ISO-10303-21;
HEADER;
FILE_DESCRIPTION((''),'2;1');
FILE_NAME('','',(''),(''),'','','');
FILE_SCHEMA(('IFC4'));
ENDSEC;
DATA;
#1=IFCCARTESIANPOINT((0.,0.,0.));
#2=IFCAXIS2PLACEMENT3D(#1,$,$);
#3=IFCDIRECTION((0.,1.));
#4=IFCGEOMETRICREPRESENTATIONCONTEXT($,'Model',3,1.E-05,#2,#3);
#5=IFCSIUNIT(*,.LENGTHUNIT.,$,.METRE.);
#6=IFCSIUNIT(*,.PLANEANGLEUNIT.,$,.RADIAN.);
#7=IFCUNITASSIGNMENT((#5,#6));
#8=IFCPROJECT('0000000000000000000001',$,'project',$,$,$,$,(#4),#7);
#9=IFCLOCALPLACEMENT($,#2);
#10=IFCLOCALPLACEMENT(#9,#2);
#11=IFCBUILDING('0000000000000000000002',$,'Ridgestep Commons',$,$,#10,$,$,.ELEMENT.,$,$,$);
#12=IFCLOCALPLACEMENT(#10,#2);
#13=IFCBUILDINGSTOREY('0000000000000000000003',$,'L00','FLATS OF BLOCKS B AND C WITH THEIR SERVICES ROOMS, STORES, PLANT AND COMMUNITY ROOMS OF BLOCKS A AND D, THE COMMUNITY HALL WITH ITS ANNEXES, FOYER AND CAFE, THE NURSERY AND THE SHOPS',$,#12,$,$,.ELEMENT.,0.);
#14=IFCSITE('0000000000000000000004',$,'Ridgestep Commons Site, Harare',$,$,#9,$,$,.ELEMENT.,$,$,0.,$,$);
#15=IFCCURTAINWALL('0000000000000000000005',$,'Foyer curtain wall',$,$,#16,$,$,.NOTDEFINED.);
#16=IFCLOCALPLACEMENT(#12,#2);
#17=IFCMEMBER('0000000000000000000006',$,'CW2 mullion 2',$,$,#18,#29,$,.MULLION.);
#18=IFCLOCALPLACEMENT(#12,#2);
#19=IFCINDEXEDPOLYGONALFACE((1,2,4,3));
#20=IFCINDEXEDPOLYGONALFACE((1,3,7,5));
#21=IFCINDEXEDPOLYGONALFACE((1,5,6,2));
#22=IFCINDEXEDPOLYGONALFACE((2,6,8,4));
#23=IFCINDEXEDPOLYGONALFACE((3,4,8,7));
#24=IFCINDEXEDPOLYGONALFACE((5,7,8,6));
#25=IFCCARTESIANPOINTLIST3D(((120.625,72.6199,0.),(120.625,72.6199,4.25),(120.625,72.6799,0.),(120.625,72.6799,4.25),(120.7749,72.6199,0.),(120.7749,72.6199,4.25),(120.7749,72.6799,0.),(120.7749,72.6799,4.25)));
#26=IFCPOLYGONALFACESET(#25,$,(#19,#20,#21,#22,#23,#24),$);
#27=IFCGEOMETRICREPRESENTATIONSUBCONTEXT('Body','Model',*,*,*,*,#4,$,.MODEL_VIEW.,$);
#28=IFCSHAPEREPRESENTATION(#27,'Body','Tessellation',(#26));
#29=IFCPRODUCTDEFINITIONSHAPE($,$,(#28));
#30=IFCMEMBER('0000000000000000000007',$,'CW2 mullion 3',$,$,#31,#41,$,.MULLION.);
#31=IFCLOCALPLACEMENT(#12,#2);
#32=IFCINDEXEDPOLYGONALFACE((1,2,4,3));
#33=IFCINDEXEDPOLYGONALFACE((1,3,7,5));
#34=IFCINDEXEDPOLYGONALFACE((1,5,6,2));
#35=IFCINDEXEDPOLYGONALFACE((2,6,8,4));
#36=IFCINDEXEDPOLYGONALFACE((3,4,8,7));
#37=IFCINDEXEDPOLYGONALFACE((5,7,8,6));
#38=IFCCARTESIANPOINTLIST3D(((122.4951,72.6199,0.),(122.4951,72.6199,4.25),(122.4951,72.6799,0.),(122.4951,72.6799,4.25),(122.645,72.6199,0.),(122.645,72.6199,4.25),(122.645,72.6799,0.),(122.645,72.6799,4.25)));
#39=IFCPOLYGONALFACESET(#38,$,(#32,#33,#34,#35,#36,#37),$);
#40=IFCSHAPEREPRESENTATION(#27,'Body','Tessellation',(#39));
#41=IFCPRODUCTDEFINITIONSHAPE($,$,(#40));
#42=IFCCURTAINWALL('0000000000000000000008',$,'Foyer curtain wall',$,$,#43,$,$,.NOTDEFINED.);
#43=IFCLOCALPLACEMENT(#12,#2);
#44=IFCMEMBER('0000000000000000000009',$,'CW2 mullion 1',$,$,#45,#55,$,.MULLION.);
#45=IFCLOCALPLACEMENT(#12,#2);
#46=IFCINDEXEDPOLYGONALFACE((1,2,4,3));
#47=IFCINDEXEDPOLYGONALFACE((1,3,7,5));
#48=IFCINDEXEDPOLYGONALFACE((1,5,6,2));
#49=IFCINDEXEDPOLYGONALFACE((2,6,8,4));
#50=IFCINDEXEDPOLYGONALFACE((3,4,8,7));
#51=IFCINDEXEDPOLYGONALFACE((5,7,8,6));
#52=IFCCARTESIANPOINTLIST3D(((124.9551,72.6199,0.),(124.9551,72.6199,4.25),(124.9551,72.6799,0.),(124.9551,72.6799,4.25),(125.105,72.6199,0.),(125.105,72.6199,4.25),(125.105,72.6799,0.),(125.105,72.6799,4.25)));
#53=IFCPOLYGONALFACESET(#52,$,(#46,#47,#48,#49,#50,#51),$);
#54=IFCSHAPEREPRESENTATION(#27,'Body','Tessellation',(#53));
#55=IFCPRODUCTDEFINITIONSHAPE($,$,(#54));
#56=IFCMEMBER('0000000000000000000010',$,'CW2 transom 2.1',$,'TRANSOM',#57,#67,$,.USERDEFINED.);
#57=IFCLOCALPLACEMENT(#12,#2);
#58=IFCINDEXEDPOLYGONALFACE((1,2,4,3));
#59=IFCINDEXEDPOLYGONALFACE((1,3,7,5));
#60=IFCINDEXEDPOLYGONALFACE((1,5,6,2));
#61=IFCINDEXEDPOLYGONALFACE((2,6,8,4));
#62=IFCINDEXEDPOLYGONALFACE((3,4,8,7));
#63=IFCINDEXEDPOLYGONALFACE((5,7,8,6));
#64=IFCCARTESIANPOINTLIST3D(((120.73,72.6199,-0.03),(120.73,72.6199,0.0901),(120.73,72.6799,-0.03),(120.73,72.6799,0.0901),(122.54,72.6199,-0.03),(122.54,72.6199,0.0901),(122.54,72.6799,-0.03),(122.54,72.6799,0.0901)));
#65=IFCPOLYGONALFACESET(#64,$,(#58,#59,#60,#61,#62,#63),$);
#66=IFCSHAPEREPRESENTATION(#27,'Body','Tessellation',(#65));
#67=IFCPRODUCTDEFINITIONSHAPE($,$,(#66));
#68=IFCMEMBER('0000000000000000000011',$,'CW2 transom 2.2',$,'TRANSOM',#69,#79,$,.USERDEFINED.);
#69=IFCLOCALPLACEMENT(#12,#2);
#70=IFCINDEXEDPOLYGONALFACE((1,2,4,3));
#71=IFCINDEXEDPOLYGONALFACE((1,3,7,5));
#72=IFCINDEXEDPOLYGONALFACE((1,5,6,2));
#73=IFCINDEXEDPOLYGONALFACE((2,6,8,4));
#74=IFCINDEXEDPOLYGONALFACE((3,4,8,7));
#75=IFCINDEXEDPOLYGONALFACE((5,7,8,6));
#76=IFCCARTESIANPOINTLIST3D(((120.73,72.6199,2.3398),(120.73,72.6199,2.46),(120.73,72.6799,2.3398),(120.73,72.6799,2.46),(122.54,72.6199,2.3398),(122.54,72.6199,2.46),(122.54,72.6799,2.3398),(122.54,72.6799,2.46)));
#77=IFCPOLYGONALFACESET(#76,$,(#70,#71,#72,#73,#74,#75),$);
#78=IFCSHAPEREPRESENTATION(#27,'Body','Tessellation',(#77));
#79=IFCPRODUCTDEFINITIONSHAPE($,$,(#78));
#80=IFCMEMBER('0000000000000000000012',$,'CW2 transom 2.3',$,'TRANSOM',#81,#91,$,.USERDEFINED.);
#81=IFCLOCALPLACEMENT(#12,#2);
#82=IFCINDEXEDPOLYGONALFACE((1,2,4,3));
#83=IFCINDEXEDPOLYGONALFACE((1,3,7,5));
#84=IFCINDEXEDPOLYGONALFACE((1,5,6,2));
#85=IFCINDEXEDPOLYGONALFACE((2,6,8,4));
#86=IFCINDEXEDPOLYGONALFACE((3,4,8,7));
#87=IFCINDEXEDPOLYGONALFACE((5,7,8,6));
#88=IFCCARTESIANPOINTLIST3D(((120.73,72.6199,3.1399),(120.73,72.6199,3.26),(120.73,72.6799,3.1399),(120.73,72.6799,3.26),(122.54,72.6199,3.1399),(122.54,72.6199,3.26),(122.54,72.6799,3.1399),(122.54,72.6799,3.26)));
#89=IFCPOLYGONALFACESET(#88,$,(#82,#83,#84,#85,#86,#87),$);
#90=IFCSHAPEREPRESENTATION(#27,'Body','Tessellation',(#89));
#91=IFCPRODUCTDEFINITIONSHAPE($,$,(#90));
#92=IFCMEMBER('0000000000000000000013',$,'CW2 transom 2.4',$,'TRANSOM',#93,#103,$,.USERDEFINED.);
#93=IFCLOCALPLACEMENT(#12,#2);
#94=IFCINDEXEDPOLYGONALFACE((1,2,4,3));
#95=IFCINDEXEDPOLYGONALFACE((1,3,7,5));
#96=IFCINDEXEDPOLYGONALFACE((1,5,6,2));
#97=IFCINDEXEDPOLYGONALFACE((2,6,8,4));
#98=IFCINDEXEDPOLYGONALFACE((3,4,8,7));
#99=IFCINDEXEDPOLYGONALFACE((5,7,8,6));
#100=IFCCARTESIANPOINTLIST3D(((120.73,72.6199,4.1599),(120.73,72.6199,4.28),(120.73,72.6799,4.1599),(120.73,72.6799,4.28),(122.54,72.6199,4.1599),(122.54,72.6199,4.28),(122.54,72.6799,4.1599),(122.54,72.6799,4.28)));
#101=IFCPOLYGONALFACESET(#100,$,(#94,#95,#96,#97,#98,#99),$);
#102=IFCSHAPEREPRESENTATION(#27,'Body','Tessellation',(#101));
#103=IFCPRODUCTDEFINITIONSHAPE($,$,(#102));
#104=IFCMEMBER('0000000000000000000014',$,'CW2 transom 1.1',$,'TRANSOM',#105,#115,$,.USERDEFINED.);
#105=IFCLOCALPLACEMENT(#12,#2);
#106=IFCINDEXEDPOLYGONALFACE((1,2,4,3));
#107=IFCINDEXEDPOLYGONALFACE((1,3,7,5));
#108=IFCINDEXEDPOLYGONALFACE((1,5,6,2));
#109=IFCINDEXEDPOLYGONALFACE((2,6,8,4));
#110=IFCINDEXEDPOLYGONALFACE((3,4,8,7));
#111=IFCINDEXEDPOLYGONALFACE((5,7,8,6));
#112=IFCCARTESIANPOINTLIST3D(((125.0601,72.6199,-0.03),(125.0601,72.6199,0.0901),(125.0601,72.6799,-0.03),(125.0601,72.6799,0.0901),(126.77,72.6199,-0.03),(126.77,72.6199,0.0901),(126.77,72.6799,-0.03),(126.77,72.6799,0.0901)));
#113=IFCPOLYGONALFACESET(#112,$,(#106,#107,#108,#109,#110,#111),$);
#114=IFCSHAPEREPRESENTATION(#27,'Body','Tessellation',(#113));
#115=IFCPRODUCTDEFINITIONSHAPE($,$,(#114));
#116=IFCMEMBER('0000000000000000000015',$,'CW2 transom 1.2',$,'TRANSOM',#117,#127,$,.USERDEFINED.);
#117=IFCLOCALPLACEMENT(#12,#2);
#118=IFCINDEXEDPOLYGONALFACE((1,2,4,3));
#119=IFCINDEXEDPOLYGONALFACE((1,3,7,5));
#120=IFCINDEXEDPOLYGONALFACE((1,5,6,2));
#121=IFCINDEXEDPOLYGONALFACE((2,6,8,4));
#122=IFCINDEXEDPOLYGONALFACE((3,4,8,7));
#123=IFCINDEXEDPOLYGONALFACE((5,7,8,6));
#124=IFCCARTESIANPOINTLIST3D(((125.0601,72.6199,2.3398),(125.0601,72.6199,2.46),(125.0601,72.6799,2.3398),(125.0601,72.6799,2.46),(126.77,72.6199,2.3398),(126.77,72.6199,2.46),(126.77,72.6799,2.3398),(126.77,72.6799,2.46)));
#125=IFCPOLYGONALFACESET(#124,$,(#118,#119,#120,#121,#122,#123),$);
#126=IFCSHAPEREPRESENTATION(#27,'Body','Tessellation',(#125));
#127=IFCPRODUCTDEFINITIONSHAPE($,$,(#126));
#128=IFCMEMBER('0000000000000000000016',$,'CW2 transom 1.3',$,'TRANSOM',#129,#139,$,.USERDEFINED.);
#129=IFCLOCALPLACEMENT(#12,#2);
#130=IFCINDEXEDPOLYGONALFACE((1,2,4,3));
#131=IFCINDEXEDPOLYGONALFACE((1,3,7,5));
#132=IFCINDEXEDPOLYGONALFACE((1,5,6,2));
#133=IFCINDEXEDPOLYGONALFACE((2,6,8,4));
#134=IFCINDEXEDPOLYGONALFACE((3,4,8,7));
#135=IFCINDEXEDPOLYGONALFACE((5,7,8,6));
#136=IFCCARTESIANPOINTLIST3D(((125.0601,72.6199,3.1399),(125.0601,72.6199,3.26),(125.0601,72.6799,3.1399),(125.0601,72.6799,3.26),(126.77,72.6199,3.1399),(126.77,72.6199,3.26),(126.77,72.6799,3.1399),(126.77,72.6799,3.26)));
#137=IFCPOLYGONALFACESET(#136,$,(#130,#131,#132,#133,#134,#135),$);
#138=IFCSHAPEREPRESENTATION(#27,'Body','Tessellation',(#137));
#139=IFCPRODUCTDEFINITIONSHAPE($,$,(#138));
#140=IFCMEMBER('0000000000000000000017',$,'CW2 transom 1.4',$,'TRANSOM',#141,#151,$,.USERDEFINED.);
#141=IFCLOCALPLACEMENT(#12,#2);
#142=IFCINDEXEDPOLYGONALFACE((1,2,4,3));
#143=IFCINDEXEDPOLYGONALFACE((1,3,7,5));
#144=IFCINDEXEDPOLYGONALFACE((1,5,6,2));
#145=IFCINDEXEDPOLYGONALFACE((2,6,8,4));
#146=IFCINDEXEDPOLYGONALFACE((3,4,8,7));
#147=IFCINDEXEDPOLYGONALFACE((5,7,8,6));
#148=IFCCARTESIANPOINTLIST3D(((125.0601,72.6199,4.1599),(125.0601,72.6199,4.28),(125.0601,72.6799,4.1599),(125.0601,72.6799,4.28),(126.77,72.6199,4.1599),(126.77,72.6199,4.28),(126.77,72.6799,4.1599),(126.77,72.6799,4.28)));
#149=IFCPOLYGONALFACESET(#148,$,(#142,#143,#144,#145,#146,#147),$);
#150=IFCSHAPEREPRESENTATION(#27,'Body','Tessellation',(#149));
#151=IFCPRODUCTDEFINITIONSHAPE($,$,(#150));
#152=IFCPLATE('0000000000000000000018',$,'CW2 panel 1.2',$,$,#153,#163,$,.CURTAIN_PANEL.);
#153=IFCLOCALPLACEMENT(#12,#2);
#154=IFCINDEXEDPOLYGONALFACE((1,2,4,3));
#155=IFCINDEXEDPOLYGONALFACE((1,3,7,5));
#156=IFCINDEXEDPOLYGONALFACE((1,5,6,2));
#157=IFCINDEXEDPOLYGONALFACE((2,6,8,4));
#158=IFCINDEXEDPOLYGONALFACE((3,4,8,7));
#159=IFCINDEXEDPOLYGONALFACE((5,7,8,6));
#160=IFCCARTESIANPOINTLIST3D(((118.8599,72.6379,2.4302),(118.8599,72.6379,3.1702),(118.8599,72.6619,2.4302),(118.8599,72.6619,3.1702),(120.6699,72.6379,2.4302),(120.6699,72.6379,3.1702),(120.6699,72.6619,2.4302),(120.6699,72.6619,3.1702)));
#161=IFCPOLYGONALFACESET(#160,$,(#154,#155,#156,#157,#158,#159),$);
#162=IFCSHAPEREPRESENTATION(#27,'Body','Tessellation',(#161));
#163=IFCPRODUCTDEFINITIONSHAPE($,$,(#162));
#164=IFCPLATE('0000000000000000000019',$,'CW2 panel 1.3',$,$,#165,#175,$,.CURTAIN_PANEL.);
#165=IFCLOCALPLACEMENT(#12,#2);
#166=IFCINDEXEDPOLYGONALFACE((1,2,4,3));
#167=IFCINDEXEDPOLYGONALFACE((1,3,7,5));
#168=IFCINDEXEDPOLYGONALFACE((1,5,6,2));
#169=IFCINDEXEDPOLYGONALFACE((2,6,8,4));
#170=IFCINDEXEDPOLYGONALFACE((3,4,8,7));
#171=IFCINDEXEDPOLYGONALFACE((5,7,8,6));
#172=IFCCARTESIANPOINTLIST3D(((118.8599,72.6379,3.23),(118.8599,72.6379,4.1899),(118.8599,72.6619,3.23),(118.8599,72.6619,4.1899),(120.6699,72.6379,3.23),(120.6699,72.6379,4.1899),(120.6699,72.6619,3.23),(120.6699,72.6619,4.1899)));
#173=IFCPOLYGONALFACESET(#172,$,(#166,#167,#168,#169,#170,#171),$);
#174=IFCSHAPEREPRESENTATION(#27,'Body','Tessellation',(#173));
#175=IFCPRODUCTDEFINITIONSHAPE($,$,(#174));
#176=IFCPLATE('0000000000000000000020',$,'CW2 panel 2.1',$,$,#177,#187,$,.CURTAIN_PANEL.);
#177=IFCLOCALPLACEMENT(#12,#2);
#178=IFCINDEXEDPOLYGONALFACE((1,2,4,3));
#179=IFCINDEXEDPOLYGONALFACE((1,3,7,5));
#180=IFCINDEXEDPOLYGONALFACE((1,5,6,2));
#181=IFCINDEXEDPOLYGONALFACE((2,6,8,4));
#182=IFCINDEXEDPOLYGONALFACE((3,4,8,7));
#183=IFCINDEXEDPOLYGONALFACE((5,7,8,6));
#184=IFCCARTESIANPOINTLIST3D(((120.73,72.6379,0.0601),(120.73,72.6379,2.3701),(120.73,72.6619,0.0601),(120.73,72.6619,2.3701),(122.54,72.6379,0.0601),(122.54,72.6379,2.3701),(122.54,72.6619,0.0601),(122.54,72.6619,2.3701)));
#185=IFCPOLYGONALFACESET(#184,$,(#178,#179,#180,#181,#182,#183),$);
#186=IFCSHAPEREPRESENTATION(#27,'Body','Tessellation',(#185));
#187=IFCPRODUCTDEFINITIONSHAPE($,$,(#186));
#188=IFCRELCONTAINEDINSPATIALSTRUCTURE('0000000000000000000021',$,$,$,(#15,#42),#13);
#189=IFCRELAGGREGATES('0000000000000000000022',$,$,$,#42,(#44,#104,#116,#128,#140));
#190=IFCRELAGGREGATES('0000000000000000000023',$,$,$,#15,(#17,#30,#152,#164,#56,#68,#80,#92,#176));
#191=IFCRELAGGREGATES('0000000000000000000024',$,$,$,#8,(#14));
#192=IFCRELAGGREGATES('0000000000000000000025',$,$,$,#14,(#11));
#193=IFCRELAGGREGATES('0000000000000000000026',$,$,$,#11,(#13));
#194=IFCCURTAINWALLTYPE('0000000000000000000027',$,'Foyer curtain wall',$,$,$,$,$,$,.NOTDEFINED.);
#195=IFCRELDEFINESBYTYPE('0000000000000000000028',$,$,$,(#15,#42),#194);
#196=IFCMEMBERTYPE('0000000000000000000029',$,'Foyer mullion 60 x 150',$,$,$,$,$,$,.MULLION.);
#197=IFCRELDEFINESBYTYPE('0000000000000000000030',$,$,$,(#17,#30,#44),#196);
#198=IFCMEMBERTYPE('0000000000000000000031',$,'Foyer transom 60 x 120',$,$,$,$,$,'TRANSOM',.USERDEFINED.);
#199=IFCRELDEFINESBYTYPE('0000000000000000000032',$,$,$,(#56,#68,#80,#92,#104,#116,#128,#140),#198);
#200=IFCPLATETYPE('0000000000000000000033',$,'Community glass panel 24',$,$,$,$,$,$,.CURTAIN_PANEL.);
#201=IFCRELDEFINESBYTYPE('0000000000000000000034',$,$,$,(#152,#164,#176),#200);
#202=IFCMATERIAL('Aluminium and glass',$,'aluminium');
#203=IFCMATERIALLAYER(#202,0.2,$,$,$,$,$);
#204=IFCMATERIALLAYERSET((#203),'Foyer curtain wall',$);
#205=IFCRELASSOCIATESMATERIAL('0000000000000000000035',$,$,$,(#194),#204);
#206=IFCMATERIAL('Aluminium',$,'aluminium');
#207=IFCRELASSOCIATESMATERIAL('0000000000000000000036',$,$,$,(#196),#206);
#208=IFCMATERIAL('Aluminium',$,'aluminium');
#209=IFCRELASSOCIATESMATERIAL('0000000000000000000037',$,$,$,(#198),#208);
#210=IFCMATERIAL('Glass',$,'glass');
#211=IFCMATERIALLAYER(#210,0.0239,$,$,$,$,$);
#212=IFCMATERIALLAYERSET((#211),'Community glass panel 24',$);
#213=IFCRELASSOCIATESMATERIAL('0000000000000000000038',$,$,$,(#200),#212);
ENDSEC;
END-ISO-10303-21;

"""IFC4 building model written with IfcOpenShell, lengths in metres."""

from ifc_helpers import new_model, si_unit, direction, frame, origin, origin_2d, place, context, subcontext, project, spatial, rectangle, extrude, material, layer, layer_set, material_profile, profile_set, type_object, element, aggregate, save


model = new_model("IFC4")

# Units and contexts
model_context = context("Model", 3, precision=1e-05, world=origin(), true_north=direction((0.0, 1.0)))
body_context = subcontext(model_context, "Body", "Model", "MODEL_VIEW")
ifc_project = project(units=[si_unit("LENGTHUNIT", "METRE"), si_unit("PLANEANGLEUNIT", "RADIAN")], contexts=[model_context])

# Site, building, storey
site_placement = place(None, origin())
site = spatial("IfcSite", under=ifc_project, at=site_placement, Name="Ridgestep Commons Site, Harare", CompositionType="ELEMENT", RefElevation=0.0)
building_placement = place(site_placement, origin())
building = spatial("IfcBuilding", under=site, at=building_placement, Name="Ridgestep Commons", CompositionType="ELEMENT")
storey_placement = place(building_placement, origin())
storey = spatial("IfcBuildingStorey", under=building, at=storey_placement, Name="L00", Description="FLATS OF BLOCKS B AND C WITH THEIR SERVICES ROOMS, STORES, PLANT AND COMMUNITY ROOMS OF BLOCKS A AND D, THE COMMUNITY HALL WITH ITS ANNEXES, FOYER AND CAFE, THE NURSERY AND THE SHOPS", CompositionType="ELEMENT", Elevation=0.0)

# Curtain wall, members
ifc_material_1 = material(Name="Aluminium and glass", Category="aluminium")
ifc_layer_1 = layer(ifc_material_1, 0.2)
ifc_layer_set_1 = layer_set([ifc_layer_1], Name="Foyer curtain wall")
curtain_wall_type = type_object("IfcCurtainWallType", Name="Foyer curtain wall", PredefinedType="NOTDEFINED", material=ifc_layer_set_1)
curtain_wall_1_placement = place(storey_placement, origin())
curtain_wall_1 = element("IfcCurtainWall", 1, at=curtain_wall_1_placement, inside=storey, type_object=curtain_wall_type, Name="Foyer curtain wall", PredefinedType="NOTDEFINED")
ifc_material_2 = material(Name="Aluminium", Category="aluminium")
ifc_material_profile_1 = material_profile(ifc_material_2, rectangle(XDim=0.0601, YDim=0.1499, at=origin_2d()), Name="Foyer mullion 60 x 150")
ifc_profile_set_1 = profile_set([ifc_material_profile_1], Name="Aluminium")
member_type_1 = type_object("IfcMemberType", Name="Foyer mullion 60 x 150", PredefinedType="MULLION", material=ifc_profile_set_1)
member_1_placement = place(storey_placement, frame((120.7, 72.6499, 0.0), z_axis=(0.0, 0.0, 1.0), x_axis=(0.0, 1.0, 0.0)))
member_1 = element("IfcMember", 2, at=member_1_placement, type_object=member_type_1, Name="CW2 mullion 2", PredefinedType="MULLION", context=body_context, shape_type="SweptSolid", body=[
    extrude(rectangle(XDim=0.0601, YDim=0.1499, at=origin_2d()), origin(), (0.0, 0.0, 1.0), 4.25),
])
member_2_placement = place(storey_placement, frame((122.5701, 72.6499, 0.0), z_axis=(0.0, 0.0, 1.0), x_axis=(0.0, 1.0, 0.0)))
member_2 = element("IfcMember", 3, at=member_2_placement, type_object=member_type_1, Name="CW2 mullion 3", PredefinedType="MULLION", context=body_context, shape_type="SweptSolid", body=[
    extrude(rectangle(XDim=0.0601, YDim=0.1499, at=origin_2d()), origin(), (0.0, 0.0, 1.0), 4.25),
])

# Curtain wall, member
curtain_wall_2_placement = place(storey_placement, origin())
curtain_wall_2 = element("IfcCurtainWall", 4, at=curtain_wall_2_placement, inside=storey, type_object=curtain_wall_type, Name="Foyer curtain wall", PredefinedType="NOTDEFINED")
member_3_placement = place(storey_placement, frame((125.03, 72.6499, 0.0), z_axis=(0.0, 0.0, 1.0), x_axis=(0.0, 1.0, 0.0)))
member_3 = element("IfcMember", 5, at=member_3_placement, type_object=member_type_1, Name="CW2 mullion 1", PredefinedType="MULLION", context=body_context, shape_type="SweptSolid", body=[
    extrude(rectangle(XDim=0.0601, YDim=0.1499, at=origin_2d()), origin(), (0.0, 0.0, 1.0), 4.25),
])

# Members
ifc_material_3 = material(Name="Aluminium", Category="aluminium")
ifc_material_profile_2 = material_profile(ifc_material_3, rectangle(XDim=0.0601, YDim=0.1201, at=origin_2d()), Name="Foyer transom 60 x 120")
ifc_profile_set_2 = profile_set([ifc_material_profile_2], Name="Aluminium")
member_type_2 = type_object("IfcMemberType", Name="Foyer transom 60 x 120", ElementType="TRANSOM", PredefinedType="USERDEFINED", material=ifc_profile_set_2)
member_4_placement = place(storey_placement, frame((120.73, 72.6499, 0.03), z_axis=(1.0, 0.0, 0.0), x_axis=(0.0, 1.0, 0.0)))
member_4 = element("IfcMember", 6, at=member_4_placement, type_object=member_type_2, Name="CW2 transom 2.1", ObjectType="TRANSOM", PredefinedType="USERDEFINED", context=body_context, shape_type="SweptSolid", body=[
    extrude(rectangle(XDim=0.0601, YDim=0.1201, at=origin_2d()), origin(), (0.0, 0.0, 1.0), 1.8101),
])
member_5_placement = place(storey_placement, frame((120.73, 72.6499, 2.3999), z_axis=(1.0, 0.0, 0.0), x_axis=(0.0, 1.0, 0.0)))
member_5 = element("IfcMember", 7, at=member_5_placement, type_object=member_type_2, Name="CW2 transom 2.2", ObjectType="TRANSOM", PredefinedType="USERDEFINED", context=body_context, shape_type="SweptSolid", body=[
    extrude(rectangle(XDim=0.0601, YDim=0.1201, at=origin_2d()), origin(), (0.0, 0.0, 1.0), 1.8101),
])
member_6_placement = place(storey_placement, frame((120.73, 72.6499, 3.2), z_axis=(1.0, 0.0, 0.0), x_axis=(0.0, 1.0, 0.0)))
member_6 = element("IfcMember", 8, at=member_6_placement, type_object=member_type_2, Name="CW2 transom 2.3", ObjectType="TRANSOM", PredefinedType="USERDEFINED", context=body_context, shape_type="SweptSolid", body=[
    extrude(rectangle(XDim=0.0601, YDim=0.1201, at=origin_2d()), origin(), (0.0, 0.0, 1.0), 1.8101),
])
member_7_placement = place(storey_placement, frame((120.73, 72.6499, 4.22), z_axis=(1.0, 0.0, 0.0), x_axis=(0.0, 1.0, 0.0)))
member_7 = element("IfcMember", 9, at=member_7_placement, type_object=member_type_2, Name="CW2 transom 2.4", ObjectType="TRANSOM", PredefinedType="USERDEFINED", context=body_context, shape_type="SweptSolid", body=[
    extrude(rectangle(XDim=0.0601, YDim=0.1201, at=origin_2d()), origin(), (0.0, 0.0, 1.0), 1.8101),
])
member_8_placement = place(storey_placement, frame((125.0601, 72.6499, 0.03), z_axis=(1.0, 0.0, 0.0), x_axis=(0.0, 1.0, 0.0)))
member_8 = element("IfcMember", 10, at=member_8_placement, type_object=member_type_2, Name="CW2 transom 1.1", ObjectType="TRANSOM", PredefinedType="USERDEFINED", context=body_context, shape_type="SweptSolid", body=[
    extrude(rectangle(XDim=0.0601, YDim=0.1201, at=origin_2d()), origin(), (0.0, 0.0, 1.0), 1.71),
])
member_9_placement = place(storey_placement, frame((125.0601, 72.6499, 2.3999), z_axis=(1.0, 0.0, 0.0), x_axis=(0.0, 1.0, 0.0)))
member_9 = element("IfcMember", 11, at=member_9_placement, type_object=member_type_2, Name="CW2 transom 1.2", ObjectType="TRANSOM", PredefinedType="USERDEFINED", context=body_context, shape_type="SweptSolid", body=[
    extrude(rectangle(XDim=0.0601, YDim=0.1201, at=origin_2d()), origin(), (0.0, 0.0, 1.0), 1.71),
])
member_10_placement = place(storey_placement, frame((125.0601, 72.6499, 3.2), z_axis=(1.0, 0.0, 0.0), x_axis=(0.0, 1.0, 0.0)))
member_10 = element("IfcMember", 12, at=member_10_placement, type_object=member_type_2, Name="CW2 transom 1.3", ObjectType="TRANSOM", PredefinedType="USERDEFINED", context=body_context, shape_type="SweptSolid", body=[
    extrude(rectangle(XDim=0.0601, YDim=0.1201, at=origin_2d()), origin(), (0.0, 0.0, 1.0), 1.71),
])
member_11_placement = place(storey_placement, frame((125.0601, 72.6499, 4.22), z_axis=(1.0, 0.0, 0.0), x_axis=(0.0, 1.0, 0.0)))
member_11 = element("IfcMember", 13, at=member_11_placement, type_object=member_type_2, Name="CW2 transom 1.4", ObjectType="TRANSOM", PredefinedType="USERDEFINED", context=body_context, shape_type="SweptSolid", body=[
    extrude(rectangle(XDim=0.0601, YDim=0.1201, at=origin_2d()), origin(), (0.0, 0.0, 1.0), 1.71),
])
aggregate(curtain_wall_2, [member_3, member_8, member_9, member_10, member_11])

# Plates
ifc_material_4 = material(Name="Glass", Category="glass")
ifc_layer_2 = layer(ifc_material_4, 0.0239)
ifc_layer_set_2 = layer_set([ifc_layer_2], Name="Community glass panel 24")
plate_type = type_object("IfcPlateType", Name="Community glass panel 24", PredefinedType="CURTAIN_PANEL", material=ifc_layer_set_2)
plate_1_placement = place(storey_placement, frame((119.7649, 72.6499, 2.4302), z_axis=(0.0, 0.0, 1.0), x_axis=(1.0, 0.0, 0.0)))
plate_1 = element("IfcPlate", 14, at=plate_1_placement, type_object=plate_type, Name="CW2 panel 1.2", PredefinedType="CURTAIN_PANEL", context=body_context, shape_type="SweptSolid", body=[
    extrude(rectangle(XDim=1.8101, YDim=0.0239, at=origin_2d()), origin(), (0.0, 0.0, 1.0), 0.74),
])
plate_2_placement = place(storey_placement, frame((119.7649, 72.6499, 3.23), z_axis=(0.0, 0.0, 1.0), x_axis=(1.0, 0.0, 0.0)))
plate_2 = element("IfcPlate", 15, at=plate_2_placement, type_object=plate_type, Name="CW2 panel 1.3", PredefinedType="CURTAIN_PANEL", context=body_context, shape_type="SweptSolid", body=[
    extrude(rectangle(XDim=1.8101, YDim=0.0239, at=origin_2d()), origin(), (0.0, 0.0, 1.0), 0.96),
])
plate_3_placement = place(storey_placement, frame((121.635, 72.6499, 0.0601), z_axis=(0.0, 0.0, 1.0), x_axis=(1.0, 0.0, 0.0)))
plate_3 = element("IfcPlate", 16, at=plate_3_placement, type_object=plate_type, Name="CW2 panel 2.1", PredefinedType="CURTAIN_PANEL", context=body_context, shape_type="SweptSolid", body=[
    extrude(rectangle(XDim=1.8101, YDim=0.0239, at=origin_2d()), origin(), (0.0, 0.0, 1.0), 2.3101),
])
aggregate(curtain_wall_1, [member_1, member_2, plate_1, plate_2, member_4, member_5, member_6, member_7, plate_3])

save(model, "model.ifc")
